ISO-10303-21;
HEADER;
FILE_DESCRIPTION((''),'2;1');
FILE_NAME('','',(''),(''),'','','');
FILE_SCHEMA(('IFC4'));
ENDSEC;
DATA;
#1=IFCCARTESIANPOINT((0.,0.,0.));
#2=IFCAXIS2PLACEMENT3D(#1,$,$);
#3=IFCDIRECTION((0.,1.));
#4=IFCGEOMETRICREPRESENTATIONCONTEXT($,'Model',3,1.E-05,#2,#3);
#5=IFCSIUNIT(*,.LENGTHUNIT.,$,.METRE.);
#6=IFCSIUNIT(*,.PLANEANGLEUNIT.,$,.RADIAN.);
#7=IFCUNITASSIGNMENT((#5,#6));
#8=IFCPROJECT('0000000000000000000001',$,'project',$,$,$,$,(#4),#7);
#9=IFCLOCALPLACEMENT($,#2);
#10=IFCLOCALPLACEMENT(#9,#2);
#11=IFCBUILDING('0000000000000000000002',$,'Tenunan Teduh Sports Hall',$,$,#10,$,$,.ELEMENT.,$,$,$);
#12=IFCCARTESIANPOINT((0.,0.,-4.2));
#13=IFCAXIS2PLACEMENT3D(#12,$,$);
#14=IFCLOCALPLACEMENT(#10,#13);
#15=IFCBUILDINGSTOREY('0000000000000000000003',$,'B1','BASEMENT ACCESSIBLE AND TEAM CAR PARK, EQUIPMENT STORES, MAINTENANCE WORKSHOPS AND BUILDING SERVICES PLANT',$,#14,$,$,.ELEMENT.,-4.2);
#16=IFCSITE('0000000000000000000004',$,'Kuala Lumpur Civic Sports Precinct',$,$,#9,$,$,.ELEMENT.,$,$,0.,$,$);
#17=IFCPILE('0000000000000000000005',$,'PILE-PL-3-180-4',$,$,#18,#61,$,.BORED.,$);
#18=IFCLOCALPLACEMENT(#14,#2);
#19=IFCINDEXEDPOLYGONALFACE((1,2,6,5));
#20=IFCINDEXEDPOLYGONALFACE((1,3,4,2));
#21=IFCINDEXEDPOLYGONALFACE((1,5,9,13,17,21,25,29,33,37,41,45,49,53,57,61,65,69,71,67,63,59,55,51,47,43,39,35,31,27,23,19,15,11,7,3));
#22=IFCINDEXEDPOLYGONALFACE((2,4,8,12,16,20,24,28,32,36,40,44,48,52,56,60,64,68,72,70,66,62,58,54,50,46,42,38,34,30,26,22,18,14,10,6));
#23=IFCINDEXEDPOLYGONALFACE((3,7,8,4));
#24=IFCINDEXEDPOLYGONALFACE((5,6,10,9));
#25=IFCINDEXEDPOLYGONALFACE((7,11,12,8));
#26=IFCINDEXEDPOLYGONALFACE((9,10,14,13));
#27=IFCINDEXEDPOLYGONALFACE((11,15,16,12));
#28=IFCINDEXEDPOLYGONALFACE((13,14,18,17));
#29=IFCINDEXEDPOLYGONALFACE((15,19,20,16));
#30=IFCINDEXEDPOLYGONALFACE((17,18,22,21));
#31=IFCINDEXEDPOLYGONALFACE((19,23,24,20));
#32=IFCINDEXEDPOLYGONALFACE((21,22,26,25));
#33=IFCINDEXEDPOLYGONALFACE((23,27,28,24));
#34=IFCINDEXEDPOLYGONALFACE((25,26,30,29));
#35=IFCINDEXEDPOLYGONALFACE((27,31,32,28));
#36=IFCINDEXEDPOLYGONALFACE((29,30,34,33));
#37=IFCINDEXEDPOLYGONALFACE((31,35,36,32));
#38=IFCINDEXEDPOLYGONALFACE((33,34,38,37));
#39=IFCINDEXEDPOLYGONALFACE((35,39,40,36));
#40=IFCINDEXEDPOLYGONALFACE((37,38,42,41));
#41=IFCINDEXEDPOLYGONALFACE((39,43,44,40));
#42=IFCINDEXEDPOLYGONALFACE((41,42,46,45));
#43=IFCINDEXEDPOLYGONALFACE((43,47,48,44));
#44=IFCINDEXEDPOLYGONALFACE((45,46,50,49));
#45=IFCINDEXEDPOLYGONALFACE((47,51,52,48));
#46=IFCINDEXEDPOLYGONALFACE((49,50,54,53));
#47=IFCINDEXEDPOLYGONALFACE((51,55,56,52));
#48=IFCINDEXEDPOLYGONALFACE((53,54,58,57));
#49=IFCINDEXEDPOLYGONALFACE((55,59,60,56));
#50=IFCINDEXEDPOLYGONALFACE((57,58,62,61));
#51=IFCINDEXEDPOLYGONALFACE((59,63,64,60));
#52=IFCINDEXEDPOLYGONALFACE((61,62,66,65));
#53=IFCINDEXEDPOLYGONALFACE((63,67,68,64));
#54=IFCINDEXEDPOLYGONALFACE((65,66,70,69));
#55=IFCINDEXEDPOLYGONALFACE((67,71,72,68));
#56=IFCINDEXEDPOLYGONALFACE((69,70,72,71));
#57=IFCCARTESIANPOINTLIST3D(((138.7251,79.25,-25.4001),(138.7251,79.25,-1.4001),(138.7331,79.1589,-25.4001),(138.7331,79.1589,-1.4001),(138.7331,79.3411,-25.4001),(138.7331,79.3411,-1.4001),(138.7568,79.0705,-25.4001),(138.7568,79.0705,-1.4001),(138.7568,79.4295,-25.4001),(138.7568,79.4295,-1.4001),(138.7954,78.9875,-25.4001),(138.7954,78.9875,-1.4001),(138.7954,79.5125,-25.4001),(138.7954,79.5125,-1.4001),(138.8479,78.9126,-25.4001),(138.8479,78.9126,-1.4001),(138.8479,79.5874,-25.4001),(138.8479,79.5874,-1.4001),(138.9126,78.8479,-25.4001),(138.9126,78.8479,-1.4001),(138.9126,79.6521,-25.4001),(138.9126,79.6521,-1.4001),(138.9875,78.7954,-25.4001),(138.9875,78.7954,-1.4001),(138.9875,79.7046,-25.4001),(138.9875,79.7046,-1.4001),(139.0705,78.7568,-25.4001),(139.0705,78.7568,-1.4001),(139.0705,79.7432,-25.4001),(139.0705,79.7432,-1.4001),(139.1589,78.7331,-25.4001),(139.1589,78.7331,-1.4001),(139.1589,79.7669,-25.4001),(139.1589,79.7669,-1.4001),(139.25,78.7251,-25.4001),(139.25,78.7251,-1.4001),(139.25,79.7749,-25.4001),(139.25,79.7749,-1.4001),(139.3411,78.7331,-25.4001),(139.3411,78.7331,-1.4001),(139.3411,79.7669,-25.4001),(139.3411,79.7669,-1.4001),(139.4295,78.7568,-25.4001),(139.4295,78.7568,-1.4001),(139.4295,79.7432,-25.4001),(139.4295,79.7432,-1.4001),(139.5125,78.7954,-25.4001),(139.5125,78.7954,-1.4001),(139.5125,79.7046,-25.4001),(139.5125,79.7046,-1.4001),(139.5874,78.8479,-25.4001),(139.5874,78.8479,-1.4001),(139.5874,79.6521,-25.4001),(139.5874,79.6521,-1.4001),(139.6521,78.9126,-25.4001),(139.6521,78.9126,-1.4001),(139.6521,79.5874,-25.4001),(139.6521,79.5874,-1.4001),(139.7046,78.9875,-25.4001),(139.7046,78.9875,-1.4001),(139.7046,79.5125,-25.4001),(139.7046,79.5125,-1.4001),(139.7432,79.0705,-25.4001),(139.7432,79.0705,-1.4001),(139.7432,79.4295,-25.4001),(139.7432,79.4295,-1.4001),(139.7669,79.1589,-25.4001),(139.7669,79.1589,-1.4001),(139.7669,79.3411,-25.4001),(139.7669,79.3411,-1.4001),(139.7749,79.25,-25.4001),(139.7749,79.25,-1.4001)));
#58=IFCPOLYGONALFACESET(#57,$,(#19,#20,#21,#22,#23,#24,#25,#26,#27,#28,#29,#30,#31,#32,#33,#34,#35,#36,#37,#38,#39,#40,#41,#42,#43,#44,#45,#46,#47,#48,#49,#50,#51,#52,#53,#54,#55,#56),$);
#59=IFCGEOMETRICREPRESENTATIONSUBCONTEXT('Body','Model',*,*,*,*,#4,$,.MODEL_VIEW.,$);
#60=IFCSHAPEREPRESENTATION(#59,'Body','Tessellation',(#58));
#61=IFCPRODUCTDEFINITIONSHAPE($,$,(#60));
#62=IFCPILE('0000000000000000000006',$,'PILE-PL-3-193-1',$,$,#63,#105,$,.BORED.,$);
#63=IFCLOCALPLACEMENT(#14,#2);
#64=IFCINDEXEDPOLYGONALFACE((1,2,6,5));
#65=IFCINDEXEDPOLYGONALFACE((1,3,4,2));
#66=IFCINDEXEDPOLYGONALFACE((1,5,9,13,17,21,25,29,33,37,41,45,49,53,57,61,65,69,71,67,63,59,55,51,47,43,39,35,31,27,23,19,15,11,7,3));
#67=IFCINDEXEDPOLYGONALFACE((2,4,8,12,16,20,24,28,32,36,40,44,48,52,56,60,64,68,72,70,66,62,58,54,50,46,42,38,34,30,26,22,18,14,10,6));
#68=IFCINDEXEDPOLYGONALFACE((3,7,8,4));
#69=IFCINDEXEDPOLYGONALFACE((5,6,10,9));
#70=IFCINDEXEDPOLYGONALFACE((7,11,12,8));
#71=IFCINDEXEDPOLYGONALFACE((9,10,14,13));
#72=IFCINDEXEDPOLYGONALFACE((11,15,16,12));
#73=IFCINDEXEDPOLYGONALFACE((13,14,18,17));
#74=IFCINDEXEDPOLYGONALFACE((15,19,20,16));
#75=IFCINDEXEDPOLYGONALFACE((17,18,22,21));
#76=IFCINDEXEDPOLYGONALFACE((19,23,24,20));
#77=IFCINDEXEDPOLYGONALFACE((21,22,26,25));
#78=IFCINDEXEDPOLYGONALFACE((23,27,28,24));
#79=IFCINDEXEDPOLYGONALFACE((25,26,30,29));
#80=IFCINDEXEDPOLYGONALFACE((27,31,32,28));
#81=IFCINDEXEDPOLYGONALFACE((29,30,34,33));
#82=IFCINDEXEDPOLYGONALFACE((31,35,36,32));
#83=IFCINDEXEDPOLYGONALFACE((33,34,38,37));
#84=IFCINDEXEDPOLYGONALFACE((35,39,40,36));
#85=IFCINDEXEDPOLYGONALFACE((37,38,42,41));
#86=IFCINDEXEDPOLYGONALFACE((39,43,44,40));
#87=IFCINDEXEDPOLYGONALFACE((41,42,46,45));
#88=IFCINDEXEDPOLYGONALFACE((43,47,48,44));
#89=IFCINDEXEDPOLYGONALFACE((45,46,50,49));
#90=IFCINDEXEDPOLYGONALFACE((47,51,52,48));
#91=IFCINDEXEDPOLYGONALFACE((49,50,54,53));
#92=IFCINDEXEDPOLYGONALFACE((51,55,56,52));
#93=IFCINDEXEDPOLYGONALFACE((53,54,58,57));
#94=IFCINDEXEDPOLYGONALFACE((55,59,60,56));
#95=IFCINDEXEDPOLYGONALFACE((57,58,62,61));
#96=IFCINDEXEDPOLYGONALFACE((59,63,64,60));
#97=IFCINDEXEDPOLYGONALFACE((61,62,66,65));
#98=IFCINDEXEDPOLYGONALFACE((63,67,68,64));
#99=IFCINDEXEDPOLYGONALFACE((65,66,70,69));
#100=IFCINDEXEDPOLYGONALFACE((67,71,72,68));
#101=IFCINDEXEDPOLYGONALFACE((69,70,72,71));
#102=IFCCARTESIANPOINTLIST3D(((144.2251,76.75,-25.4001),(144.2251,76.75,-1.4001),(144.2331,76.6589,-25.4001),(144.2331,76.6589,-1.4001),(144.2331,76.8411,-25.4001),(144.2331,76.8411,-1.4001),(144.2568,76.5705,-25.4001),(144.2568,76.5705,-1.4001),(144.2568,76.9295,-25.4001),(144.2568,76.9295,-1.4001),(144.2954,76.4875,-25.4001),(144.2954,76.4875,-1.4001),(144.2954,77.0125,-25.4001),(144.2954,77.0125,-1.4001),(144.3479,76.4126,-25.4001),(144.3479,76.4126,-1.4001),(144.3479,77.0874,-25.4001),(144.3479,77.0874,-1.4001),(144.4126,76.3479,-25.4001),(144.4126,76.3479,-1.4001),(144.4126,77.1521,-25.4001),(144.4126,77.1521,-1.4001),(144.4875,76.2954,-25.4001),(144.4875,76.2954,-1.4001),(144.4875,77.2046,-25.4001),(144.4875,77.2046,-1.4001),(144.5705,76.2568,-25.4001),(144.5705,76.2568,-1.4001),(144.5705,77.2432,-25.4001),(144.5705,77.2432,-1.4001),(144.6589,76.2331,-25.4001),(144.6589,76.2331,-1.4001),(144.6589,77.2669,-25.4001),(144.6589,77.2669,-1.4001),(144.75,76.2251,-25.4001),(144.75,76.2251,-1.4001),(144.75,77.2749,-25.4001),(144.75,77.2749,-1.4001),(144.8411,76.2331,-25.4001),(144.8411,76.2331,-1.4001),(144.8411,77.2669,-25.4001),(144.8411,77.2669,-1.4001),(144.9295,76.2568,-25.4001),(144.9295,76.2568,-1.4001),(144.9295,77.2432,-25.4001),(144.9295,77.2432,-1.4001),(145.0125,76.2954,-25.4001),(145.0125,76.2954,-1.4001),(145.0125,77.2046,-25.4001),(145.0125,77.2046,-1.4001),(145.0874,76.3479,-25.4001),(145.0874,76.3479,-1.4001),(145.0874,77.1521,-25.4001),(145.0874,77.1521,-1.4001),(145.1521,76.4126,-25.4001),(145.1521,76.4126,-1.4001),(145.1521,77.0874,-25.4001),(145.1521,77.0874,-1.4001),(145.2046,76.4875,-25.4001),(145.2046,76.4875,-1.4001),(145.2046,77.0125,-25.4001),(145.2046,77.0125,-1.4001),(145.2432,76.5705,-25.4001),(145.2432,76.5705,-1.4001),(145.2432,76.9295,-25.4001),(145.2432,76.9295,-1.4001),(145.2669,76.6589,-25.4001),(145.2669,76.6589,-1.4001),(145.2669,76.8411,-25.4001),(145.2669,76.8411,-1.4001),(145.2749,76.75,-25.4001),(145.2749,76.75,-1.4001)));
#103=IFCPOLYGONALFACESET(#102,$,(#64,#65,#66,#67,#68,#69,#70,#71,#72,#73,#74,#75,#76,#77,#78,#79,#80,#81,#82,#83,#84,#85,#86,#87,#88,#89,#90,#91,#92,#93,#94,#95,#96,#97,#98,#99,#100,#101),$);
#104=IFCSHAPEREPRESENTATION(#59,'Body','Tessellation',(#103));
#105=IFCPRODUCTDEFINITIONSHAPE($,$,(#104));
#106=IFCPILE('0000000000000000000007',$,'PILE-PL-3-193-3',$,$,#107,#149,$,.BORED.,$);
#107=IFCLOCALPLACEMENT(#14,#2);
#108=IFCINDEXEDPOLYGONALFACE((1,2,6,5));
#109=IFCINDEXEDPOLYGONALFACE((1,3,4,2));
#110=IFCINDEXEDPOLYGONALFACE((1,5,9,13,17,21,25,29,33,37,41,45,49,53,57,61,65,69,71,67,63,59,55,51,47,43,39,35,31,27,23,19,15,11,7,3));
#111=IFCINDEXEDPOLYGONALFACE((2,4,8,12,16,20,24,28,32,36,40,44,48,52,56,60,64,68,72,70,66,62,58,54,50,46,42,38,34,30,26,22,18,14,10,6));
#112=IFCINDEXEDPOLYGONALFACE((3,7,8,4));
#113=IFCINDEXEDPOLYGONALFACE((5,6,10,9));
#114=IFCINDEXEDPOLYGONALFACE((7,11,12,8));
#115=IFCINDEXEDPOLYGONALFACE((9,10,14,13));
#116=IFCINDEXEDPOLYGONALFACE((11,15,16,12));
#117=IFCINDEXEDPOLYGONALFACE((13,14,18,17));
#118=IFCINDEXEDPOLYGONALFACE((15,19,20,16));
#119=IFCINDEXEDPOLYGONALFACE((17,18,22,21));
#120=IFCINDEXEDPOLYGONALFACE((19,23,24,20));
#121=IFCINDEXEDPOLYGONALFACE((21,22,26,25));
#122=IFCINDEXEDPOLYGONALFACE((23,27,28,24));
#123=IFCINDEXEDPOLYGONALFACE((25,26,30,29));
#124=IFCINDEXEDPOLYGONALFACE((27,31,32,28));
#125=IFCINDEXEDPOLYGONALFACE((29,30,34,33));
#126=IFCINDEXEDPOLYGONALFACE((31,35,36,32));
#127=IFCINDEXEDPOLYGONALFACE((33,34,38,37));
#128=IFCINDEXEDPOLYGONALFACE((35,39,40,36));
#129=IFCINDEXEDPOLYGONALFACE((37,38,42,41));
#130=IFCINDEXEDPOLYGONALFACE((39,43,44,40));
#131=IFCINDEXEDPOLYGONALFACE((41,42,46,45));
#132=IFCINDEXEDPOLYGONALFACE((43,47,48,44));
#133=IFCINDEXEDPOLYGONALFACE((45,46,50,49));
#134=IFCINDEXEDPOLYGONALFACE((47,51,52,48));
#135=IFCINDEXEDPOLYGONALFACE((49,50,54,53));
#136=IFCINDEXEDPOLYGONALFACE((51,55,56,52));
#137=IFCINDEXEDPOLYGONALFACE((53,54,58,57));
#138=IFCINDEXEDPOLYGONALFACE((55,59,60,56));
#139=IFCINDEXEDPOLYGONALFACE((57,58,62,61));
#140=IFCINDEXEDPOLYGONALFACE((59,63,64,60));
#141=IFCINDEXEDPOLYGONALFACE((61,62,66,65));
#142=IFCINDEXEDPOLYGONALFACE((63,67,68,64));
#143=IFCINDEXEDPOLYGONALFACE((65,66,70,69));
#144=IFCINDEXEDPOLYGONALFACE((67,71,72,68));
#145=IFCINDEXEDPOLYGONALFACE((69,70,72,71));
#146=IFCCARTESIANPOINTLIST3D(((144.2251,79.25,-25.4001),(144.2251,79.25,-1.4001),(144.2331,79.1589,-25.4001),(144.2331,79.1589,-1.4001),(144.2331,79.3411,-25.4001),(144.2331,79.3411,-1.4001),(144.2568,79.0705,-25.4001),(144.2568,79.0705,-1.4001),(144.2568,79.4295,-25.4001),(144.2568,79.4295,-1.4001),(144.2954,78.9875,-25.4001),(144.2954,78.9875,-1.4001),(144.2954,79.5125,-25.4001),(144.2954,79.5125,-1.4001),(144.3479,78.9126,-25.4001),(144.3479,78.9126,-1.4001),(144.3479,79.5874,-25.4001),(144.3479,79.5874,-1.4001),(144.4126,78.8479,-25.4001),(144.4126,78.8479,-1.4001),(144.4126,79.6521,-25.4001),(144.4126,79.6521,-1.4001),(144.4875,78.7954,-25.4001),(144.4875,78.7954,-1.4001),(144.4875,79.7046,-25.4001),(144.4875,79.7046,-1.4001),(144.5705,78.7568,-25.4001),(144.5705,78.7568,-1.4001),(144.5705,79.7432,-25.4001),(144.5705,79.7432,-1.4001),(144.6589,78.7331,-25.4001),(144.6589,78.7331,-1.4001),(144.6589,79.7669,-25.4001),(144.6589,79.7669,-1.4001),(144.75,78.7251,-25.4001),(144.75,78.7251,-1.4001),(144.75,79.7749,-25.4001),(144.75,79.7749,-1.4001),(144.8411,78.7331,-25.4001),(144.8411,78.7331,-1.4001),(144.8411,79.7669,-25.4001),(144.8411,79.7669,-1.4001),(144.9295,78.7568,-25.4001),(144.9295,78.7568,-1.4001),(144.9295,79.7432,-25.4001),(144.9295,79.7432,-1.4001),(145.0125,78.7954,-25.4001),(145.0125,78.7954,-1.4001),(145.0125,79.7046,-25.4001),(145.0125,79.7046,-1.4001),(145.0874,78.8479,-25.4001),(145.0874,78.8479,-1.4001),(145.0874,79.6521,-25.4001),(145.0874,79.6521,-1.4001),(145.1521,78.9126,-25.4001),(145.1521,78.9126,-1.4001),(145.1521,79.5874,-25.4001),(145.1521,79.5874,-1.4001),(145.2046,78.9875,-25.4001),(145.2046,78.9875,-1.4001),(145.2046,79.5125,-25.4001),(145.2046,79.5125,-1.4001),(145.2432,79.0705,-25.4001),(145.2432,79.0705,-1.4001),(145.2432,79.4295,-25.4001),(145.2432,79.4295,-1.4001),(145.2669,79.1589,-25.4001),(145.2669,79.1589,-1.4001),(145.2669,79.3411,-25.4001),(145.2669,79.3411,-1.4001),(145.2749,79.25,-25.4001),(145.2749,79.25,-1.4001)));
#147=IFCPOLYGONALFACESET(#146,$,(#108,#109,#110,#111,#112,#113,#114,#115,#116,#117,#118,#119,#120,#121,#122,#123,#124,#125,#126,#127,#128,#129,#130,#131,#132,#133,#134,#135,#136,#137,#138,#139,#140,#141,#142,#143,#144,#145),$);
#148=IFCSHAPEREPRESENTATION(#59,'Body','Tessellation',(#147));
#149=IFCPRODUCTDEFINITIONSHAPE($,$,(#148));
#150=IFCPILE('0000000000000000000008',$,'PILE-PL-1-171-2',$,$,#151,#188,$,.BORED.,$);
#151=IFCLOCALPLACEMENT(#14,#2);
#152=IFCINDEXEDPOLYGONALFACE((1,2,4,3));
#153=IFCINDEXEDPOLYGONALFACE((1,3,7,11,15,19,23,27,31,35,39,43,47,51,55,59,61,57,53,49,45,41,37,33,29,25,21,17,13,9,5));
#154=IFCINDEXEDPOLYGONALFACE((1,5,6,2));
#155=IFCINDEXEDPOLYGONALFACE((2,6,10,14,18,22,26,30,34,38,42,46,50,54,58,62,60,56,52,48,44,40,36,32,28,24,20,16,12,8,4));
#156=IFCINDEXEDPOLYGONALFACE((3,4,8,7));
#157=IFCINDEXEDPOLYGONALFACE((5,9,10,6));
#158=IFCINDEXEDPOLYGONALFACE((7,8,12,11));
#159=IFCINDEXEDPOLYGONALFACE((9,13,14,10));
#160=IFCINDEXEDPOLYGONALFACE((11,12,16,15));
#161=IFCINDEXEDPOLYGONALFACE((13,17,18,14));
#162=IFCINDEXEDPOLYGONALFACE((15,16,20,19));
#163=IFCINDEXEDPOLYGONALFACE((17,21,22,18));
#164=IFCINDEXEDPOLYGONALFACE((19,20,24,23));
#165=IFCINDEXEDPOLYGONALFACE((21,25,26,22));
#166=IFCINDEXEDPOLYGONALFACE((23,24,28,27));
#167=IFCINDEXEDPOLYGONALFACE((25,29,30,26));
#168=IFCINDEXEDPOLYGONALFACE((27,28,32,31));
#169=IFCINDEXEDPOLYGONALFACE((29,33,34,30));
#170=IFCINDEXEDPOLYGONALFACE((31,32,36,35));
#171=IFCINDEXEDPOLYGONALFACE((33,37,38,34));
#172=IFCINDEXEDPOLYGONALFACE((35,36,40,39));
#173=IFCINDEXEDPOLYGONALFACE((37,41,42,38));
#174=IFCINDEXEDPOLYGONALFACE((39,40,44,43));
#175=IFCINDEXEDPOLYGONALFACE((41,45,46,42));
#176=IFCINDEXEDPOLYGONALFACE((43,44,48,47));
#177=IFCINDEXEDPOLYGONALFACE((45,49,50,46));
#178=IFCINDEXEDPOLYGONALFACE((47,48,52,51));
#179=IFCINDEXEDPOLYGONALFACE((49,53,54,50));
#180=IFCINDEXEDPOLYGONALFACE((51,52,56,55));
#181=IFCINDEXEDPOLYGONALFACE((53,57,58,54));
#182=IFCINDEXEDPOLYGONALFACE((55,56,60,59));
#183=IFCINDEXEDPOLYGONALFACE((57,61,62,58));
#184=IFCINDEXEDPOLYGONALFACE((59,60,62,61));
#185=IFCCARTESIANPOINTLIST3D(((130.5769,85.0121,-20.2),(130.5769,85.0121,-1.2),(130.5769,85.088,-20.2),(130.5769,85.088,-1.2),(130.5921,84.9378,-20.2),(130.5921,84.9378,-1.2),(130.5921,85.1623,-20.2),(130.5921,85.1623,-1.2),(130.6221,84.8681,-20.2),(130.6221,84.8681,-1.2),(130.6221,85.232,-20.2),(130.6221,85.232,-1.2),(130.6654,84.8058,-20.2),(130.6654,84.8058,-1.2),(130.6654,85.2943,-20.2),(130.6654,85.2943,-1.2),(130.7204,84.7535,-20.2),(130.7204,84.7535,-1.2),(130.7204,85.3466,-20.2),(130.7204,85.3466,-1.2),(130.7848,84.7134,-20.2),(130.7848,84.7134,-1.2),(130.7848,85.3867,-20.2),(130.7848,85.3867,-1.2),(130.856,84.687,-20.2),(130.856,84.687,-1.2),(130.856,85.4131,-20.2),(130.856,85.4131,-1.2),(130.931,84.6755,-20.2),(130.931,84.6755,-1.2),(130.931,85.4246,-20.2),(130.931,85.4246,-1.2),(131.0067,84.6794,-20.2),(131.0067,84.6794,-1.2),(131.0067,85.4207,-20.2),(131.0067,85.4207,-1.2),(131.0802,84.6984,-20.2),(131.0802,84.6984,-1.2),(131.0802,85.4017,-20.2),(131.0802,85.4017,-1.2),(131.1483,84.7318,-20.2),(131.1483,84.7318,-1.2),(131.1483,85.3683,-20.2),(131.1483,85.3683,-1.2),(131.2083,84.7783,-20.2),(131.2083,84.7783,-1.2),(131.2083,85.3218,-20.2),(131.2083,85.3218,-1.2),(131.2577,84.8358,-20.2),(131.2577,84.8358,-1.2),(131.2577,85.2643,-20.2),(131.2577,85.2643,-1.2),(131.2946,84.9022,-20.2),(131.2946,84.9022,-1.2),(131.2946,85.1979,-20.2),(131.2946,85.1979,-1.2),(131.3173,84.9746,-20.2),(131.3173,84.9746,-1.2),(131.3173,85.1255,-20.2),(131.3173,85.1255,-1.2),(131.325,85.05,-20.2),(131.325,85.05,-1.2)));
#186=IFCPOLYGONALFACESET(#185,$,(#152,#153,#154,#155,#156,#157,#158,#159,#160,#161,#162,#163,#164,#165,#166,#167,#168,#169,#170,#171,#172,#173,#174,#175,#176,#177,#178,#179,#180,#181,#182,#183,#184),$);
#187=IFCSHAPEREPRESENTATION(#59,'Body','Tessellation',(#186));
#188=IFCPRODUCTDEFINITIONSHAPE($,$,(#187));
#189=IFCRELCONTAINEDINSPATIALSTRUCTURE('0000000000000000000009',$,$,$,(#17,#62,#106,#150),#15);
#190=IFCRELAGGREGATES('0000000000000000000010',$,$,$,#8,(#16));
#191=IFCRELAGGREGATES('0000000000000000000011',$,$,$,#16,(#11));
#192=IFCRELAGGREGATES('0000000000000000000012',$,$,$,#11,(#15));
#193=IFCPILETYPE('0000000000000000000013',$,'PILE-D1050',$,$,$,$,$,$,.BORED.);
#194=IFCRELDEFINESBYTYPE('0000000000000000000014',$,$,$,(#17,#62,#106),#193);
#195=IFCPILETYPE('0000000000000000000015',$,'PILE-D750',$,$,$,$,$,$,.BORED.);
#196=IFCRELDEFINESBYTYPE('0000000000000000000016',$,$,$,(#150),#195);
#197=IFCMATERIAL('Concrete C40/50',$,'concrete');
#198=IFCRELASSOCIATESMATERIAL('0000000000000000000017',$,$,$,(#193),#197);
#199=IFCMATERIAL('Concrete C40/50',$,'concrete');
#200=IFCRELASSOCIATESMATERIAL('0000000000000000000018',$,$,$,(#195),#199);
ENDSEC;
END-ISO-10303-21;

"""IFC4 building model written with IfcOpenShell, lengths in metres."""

from ifc_helpers import new_model, si_unit, direction, frame, origin, origin_2d, place, context, subcontext, project, spatial, circle, extrude, material, material_profile, profile_set, type_object, element, save


model = new_model("IFC4")

# Units and contexts
model_context = context("Model", 3, precision=1e-05, world=origin(), true_north=direction((0.0, 1.0)))
body_context = subcontext(model_context, "Body", "Model", "MODEL_VIEW")
ifc_project = project(units=[si_unit("LENGTHUNIT", "METRE"), si_unit("PLANEANGLEUNIT", "RADIAN")], contexts=[model_context])

# Site, building, storey
site_placement = place(None, origin())
site = spatial("IfcSite", under=ifc_project, at=site_placement, Name="Kuala Lumpur Civic Sports Precinct", CompositionType="ELEMENT", RefElevation=0.0)
building_placement = place(site_placement, origin())
building = spatial("IfcBuilding", under=site, at=building_placement, Name="Tenunan Teduh Sports Hall", CompositionType="ELEMENT")
storey_placement = place(building_placement, frame((0.0, 0.0, -4.2)))
storey = spatial("IfcBuildingStorey", under=building, at=storey_placement, Name="B1", Description="BASEMENT ACCESSIBLE AND TEAM CAR PARK, EQUIPMENT STORES, MAINTENANCE WORKSHOPS AND BUILDING SERVICES PLANT", CompositionType="ELEMENT", Elevation=-4.2)

# Piles
ifc_material_1 = material(Name="Concrete C40/50", Category="concrete")
ifc_material_profile_1 = material_profile(ifc_material_1, circle(Radius=0.5249, at=origin_2d()), Name="PILE D1050")
ifc_profile_set_1 = profile_set([ifc_material_profile_1], Name="Concrete C40/50")
pile_type_1 = type_object("IfcPileType", Name="PILE-D1050", PredefinedType="BORED", material=ifc_profile_set_1)
for number, where, z_axis, x_axis, name in (
    (1, (139.25, 79.25, -1.4001), (0.0, 0.0, -1.0), (1.0, 0.0, 0.0), "PILE-PL-3-180-4"),
    (2, (144.75, 76.75, -1.4001), (0.0, 0.0, -1.0), (1.0, 0.0, 0.0), "PILE-PL-3-193-1"),
    (3, (144.75, 79.25, -1.4001), (0.0, 0.0, -1.0), (1.0, 0.0, 0.0), "PILE-PL-3-193-3"),
):
    element("IfcPile", number, at=place(storey_placement, frame(where, z_axis=z_axis, x_axis=x_axis)), inside=storey, type_object=pile_type_1, Name=name, PredefinedType="BORED", context=body_context, shape_type="SweptSolid", body=[
        extrude(circle(Radius=0.5249, at=origin_2d()), origin(), (0.0, 0.0, 1.0), 24.0),
    ])
ifc_material_2 = material(Name="Concrete C40/50", Category="concrete")
ifc_material_profile_2 = material_profile(ifc_material_2, circle(Radius=0.375, at=origin_2d()), Name="PILE D750")
ifc_profile_set_2 = profile_set([ifc_material_profile_2], Name="Concrete C40/50")
pile_type_2 = type_object("IfcPileType", Name="PILE-D750", PredefinedType="BORED", material=ifc_profile_set_2)
for number, where, z_axis, x_axis, name in (
    (4, (130.95, 85.05, -1.2), (0.0, 0.0, -1.0), (1.0, 0.0, 0.0), "PILE-PL-1-171-2"),
):
    element("IfcPile", number, at=place(storey_placement, frame(where, z_axis=z_axis, x_axis=x_axis)), inside=storey, type_object=pile_type_2, Name=name, PredefinedType="BORED", context=body_context, shape_type="SweptSolid", body=[
        extrude(circle(Radius=0.375, at=origin_2d()), origin(), (0.0, 0.0, 1.0), 19.0),
    ])

save(model, "model.ifc")
